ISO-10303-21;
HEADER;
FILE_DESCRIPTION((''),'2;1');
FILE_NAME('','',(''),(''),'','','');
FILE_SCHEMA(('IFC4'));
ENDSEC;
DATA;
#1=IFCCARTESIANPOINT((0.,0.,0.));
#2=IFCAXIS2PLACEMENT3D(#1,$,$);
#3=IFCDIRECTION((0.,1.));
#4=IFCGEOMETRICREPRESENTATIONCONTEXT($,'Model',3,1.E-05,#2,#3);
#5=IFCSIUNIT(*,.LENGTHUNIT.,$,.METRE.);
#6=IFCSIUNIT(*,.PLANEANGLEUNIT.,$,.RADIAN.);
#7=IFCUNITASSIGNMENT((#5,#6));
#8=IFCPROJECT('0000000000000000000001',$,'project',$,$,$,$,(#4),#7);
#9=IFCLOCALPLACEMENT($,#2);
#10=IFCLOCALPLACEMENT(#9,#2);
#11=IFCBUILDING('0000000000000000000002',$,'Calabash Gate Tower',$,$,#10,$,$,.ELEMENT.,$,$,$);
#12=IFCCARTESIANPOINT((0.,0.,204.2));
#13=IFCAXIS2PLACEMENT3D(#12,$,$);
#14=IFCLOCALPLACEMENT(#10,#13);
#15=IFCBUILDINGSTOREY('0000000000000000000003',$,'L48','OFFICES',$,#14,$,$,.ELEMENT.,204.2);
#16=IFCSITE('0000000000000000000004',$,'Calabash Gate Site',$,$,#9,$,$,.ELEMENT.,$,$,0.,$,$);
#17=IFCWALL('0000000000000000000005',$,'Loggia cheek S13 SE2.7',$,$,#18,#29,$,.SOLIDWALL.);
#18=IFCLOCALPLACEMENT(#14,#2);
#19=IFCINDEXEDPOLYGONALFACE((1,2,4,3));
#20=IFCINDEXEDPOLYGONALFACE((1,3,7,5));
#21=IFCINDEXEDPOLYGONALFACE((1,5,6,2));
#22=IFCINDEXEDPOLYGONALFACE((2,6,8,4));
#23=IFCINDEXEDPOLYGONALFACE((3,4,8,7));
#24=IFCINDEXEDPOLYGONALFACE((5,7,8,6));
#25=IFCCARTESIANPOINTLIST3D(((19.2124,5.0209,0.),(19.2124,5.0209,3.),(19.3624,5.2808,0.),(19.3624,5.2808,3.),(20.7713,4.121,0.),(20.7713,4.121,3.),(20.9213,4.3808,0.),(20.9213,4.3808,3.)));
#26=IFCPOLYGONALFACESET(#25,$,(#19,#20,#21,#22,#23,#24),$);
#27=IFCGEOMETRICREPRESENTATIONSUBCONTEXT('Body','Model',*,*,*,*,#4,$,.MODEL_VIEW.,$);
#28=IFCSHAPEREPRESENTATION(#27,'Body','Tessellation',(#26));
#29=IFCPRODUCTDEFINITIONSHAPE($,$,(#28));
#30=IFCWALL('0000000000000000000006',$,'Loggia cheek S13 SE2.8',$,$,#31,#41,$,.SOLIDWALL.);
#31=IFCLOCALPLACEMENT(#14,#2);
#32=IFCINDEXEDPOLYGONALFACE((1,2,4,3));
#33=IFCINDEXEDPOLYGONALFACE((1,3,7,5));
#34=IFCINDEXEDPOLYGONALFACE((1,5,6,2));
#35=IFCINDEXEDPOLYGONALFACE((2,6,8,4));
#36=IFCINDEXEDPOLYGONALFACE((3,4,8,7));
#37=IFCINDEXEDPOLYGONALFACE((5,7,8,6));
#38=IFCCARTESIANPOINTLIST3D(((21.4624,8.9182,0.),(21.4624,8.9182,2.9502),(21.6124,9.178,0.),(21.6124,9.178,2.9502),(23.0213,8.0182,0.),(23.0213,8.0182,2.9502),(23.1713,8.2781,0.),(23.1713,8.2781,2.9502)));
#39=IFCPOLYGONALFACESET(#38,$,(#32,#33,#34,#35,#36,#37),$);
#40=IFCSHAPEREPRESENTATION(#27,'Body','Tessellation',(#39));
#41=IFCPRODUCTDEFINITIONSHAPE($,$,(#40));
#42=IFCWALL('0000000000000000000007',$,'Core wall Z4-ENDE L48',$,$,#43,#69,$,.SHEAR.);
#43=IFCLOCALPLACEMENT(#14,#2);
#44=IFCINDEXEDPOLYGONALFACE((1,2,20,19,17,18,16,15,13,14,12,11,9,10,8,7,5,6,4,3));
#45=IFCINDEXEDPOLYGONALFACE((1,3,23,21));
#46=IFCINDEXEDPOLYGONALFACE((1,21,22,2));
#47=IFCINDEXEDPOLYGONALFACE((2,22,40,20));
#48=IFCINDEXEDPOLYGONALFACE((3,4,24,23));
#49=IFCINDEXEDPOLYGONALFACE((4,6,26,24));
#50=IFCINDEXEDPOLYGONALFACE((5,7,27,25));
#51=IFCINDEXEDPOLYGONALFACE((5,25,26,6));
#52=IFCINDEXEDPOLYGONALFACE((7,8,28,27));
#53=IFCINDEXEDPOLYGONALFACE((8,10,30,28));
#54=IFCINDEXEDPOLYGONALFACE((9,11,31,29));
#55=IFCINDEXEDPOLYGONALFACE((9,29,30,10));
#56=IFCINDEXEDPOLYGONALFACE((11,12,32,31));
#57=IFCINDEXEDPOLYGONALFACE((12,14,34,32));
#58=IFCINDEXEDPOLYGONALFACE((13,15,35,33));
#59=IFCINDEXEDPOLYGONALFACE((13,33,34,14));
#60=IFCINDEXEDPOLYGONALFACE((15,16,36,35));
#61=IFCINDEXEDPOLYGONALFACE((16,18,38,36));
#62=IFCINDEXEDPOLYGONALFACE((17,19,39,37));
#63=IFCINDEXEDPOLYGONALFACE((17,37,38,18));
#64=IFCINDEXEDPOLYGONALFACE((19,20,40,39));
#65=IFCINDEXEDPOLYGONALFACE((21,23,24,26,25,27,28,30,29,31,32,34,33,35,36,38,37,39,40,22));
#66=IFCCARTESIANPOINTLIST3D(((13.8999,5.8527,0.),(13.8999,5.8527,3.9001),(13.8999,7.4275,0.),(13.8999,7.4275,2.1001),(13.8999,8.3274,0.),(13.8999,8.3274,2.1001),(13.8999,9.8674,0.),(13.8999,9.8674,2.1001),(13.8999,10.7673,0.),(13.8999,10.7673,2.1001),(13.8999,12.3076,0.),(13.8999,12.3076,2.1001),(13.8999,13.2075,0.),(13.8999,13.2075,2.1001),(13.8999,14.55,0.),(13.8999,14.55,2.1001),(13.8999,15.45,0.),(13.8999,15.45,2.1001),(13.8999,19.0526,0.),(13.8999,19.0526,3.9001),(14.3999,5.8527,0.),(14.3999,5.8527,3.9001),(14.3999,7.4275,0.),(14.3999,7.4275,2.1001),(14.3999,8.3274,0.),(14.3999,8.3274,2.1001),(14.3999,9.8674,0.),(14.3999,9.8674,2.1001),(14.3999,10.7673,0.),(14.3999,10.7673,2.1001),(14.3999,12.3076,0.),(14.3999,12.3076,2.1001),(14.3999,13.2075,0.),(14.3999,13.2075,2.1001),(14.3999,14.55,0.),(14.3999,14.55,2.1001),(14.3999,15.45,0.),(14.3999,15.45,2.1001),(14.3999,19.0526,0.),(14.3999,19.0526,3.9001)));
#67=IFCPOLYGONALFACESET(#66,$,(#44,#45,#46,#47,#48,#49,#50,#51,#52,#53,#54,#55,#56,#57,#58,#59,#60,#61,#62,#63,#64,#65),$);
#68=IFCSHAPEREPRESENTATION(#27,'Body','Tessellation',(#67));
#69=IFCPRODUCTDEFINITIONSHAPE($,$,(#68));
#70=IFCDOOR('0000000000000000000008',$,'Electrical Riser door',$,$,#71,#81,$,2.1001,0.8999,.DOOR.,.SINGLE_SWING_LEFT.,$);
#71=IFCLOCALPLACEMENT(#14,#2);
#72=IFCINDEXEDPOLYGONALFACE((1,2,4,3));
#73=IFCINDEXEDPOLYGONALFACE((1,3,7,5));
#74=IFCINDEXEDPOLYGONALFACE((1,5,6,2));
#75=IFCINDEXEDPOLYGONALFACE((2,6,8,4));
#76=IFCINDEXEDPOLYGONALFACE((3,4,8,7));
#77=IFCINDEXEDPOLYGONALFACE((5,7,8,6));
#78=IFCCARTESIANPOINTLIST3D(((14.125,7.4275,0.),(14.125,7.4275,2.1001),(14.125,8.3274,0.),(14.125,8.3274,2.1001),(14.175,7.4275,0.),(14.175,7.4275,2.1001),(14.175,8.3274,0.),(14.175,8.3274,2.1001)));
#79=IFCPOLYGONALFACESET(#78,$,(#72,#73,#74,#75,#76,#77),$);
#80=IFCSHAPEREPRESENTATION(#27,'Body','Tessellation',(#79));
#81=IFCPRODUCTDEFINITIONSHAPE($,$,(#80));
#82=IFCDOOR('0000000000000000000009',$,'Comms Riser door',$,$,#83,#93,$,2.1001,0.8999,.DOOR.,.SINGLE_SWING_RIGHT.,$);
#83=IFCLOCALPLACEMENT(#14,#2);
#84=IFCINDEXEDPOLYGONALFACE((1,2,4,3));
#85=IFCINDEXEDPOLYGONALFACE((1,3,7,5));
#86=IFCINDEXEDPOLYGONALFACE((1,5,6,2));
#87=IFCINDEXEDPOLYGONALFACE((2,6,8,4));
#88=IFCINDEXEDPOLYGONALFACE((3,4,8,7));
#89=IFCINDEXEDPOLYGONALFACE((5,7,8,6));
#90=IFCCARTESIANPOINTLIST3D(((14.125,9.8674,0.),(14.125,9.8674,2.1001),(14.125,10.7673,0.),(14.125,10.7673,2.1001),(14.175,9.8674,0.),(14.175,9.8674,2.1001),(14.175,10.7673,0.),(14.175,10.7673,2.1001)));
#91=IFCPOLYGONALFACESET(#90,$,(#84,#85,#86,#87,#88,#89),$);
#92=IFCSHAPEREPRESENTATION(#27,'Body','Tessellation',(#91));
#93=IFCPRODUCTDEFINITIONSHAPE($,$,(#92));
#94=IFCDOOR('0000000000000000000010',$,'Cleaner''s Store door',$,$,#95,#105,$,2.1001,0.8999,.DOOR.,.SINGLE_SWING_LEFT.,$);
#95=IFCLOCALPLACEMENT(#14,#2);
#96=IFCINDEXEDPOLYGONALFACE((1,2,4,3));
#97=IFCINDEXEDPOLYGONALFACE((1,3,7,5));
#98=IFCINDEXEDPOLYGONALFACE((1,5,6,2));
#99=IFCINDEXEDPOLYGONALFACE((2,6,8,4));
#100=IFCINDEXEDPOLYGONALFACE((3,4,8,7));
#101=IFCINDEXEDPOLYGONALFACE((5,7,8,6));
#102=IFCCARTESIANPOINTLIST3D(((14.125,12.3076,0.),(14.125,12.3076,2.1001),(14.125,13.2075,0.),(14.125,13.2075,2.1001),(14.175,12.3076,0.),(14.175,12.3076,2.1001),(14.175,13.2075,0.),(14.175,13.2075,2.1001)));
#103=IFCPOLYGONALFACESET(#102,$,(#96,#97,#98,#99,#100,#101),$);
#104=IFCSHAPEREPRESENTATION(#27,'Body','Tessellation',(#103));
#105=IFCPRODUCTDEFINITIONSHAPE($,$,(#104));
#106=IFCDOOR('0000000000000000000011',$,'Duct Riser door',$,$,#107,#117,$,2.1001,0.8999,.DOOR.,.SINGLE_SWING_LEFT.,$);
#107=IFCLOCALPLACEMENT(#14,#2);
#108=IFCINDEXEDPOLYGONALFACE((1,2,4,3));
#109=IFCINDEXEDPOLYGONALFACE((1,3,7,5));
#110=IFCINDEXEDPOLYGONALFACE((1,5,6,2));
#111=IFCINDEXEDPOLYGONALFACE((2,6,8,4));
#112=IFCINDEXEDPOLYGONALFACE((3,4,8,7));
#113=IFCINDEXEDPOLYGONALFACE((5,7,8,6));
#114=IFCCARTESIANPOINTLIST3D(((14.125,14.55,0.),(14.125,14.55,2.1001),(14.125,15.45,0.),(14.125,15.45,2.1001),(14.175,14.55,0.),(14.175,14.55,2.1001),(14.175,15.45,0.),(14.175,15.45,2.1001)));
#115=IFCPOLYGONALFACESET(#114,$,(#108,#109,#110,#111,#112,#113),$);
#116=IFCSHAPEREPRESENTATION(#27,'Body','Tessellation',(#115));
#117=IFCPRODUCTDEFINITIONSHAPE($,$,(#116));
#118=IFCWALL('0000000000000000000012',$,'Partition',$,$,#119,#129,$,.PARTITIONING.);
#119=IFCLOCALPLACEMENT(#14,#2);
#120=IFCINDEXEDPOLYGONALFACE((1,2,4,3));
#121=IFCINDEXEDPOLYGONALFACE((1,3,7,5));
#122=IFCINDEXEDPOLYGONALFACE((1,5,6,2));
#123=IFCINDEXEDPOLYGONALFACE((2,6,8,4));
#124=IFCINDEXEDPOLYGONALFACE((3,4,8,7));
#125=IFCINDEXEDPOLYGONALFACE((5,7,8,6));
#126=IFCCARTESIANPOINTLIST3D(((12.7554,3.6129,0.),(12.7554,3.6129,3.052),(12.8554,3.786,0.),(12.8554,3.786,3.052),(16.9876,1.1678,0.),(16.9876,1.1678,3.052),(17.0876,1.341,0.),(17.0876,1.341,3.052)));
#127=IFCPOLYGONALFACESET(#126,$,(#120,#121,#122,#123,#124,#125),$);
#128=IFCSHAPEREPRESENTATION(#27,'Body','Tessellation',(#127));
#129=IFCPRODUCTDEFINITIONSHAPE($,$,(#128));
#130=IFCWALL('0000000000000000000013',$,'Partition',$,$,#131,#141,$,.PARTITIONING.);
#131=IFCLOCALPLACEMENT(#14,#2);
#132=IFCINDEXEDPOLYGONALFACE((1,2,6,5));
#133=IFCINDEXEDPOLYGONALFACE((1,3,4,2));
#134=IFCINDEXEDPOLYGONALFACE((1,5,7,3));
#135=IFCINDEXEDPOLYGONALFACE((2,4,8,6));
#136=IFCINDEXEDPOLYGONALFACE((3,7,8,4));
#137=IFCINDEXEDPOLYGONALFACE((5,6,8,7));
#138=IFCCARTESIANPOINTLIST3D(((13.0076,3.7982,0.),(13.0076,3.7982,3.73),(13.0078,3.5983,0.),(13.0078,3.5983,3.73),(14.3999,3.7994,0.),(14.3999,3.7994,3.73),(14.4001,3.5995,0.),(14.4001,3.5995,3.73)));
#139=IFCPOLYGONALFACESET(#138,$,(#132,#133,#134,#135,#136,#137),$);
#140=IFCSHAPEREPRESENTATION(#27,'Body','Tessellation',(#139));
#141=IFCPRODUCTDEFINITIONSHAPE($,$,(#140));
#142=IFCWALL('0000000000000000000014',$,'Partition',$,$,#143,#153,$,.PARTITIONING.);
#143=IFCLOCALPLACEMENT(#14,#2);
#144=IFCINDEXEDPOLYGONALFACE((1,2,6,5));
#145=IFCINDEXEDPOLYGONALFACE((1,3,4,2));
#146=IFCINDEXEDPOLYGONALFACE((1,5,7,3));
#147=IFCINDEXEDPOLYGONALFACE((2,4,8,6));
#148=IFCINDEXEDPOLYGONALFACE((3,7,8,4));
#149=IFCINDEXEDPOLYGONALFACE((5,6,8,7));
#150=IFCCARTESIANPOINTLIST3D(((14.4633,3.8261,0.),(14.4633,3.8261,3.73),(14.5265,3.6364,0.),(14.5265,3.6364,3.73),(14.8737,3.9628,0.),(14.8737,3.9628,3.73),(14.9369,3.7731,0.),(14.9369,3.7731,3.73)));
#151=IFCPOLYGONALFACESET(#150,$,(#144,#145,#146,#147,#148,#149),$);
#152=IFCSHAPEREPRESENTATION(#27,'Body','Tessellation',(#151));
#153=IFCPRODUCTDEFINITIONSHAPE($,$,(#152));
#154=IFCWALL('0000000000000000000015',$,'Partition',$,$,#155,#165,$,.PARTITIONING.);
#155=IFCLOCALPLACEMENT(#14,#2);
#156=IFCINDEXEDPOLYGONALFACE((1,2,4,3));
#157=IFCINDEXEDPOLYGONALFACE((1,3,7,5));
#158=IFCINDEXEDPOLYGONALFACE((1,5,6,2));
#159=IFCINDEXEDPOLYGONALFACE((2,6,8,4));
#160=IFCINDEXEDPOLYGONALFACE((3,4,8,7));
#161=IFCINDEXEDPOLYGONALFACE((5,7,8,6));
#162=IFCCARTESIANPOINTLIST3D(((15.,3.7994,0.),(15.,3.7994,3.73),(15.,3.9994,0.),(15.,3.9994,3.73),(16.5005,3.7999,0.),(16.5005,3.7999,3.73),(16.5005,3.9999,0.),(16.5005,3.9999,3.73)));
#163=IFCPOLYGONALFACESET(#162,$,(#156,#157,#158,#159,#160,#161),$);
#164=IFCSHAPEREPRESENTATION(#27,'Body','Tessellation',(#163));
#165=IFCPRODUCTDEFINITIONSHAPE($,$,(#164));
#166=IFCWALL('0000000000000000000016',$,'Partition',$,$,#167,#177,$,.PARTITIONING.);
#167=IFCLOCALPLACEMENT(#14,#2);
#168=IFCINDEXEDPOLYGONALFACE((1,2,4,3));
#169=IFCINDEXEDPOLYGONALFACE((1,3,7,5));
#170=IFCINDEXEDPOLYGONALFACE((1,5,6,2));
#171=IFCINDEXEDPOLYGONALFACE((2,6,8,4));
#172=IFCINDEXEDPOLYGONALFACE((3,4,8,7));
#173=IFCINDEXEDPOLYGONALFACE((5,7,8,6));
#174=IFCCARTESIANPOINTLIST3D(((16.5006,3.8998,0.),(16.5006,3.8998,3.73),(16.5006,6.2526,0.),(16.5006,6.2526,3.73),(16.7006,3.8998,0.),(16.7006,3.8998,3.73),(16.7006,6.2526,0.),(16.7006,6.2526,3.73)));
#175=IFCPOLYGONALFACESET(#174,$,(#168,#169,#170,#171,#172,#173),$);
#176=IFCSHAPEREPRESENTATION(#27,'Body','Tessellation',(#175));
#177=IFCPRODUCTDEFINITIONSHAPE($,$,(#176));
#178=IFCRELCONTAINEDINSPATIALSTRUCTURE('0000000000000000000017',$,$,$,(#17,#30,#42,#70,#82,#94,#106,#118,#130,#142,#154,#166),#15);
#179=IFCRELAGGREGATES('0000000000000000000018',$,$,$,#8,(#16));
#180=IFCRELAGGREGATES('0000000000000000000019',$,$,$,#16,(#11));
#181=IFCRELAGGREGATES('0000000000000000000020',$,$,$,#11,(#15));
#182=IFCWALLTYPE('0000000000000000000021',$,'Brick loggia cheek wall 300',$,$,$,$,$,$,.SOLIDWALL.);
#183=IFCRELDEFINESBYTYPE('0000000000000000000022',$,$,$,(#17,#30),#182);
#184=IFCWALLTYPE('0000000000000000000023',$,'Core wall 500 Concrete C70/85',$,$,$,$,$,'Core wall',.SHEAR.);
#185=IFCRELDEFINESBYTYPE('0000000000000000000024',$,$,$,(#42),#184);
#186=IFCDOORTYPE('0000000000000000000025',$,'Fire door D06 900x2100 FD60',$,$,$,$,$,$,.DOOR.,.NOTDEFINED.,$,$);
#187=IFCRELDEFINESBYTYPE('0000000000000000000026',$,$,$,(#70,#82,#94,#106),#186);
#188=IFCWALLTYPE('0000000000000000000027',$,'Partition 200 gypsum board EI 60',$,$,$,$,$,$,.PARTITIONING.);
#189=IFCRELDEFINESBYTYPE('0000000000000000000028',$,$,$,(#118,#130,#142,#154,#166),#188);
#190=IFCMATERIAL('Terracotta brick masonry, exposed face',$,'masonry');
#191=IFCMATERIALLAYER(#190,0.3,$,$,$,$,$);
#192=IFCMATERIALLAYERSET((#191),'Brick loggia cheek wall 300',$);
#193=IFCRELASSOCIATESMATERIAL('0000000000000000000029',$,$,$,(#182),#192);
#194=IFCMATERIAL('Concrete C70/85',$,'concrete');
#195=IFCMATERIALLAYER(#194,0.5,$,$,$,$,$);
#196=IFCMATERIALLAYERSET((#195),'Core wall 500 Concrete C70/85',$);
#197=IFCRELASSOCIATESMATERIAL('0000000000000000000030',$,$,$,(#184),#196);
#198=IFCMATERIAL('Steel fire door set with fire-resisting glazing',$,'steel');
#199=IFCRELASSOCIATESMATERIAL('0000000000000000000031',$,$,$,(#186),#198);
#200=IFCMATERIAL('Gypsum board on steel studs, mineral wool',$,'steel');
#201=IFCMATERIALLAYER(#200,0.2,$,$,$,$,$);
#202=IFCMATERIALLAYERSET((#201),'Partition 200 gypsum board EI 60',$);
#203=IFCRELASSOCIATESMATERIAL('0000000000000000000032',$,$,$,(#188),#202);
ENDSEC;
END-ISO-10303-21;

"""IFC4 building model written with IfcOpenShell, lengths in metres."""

from ifc_helpers import new_model, si_unit, direction, frame, frame_2d, origin, place, context, subcontext, project, spatial, rectangle, extrude, material, layer, layer_set, type_object, element, fill, save


model = new_model("IFC4")

# Units and contexts
model_context = context("Model", 3, precision=1e-05, world=origin(), true_north=direction((0.0, 1.0)))
body_context = subcontext(model_context, "Body", "Model", "MODEL_VIEW")
ifc_project = project(units=[si_unit("LENGTHUNIT", "METRE"), si_unit("PLANEANGLEUNIT", "RADIAN")], contexts=[model_context])

# Site, building, storey
site_placement = place(None, origin())
site = spatial("IfcSite", under=ifc_project, at=site_placement, Name="Calabash Gate Site", CompositionType="ELEMENT", RefElevation=0.0)
building_placement = place(site_placement, origin())
building = spatial("IfcBuilding", under=site, at=building_placement, Name="Calabash Gate Tower", CompositionType="ELEMENT")
storey_placement = place(building_placement, frame((0.0, 0.0, 204.2)))
storey = spatial("IfcBuildingStorey", under=building, at=storey_placement, Name="L48", Description="OFFICES", CompositionType="ELEMENT", Elevation=204.2)

# Walls
ifc_material_1 = material(Name="Terracotta brick masonry, exposed face", Category="masonry")
ifc_layer_1 = layer(ifc_material_1, 0.3)
ifc_layer_set_1 = layer_set([ifc_layer_1], Name="Brick loggia cheek wall 300")
wall_type_1 = type_object("IfcWallType", Name="Brick loggia cheek wall 300", PredefinedType="SOLIDWALL", material=ifc_layer_set_1)
wall_1_placement = place(storey_placement, frame((20.8462, 4.251, 0.0), z_axis=(0.0, 0.0, 1.0), x_axis=(-0.866048, 0.499961, 0.0)))
element("IfcWall", 1, at=wall_1_placement, inside=storey, type_object=wall_type_1, Name="Loggia cheek S13 SE2.7", PredefinedType="SOLIDWALL", context=body_context, shape_type="SweptSolid", body=[
    extrude(rectangle(XDim=1.8, YDim=0.3, at=frame_2d((0.8999, 0.0))), origin(), (0.0, 0.0, 1.0), 3.0),
])
wall_2_placement = place(storey_placement, frame((23.0962, 8.1482, 0.0), z_axis=(0.0, 0.0, 1.0), x_axis=(-0.866048, 0.499961, 0.0)))
element("IfcWall", 2, at=wall_2_placement, inside=storey, type_object=wall_type_1, Name="Loggia cheek S13 SE2.8", PredefinedType="SOLIDWALL", context=body_context, shape_type="SweptSolid", body=[
    extrude(rectangle(XDim=1.8, YDim=0.3, at=frame_2d((0.8999, 0.0))), origin(), (0.0, 0.0, 1.0), 2.9502),
])

# Wall, openings, doors
ifc_material_2 = material(Name="Concrete C70/85", Category="concrete")
ifc_layer_2 = layer(ifc_material_2, 0.5)
ifc_layer_set_2 = layer_set([ifc_layer_2], Name="Core wall 500 Concrete C70/85")
wall_type_2 = type_object("IfcWallType", Name="Core wall 500 Concrete C70/85", ElementType="Core wall", PredefinedType="SHEAR", material=ifc_layer_set_2)
wall_3_placement = place(storey_placement, frame((14.1499, 5.8525, 0.0), z_axis=(0.0, 0.0, 1.0), x_axis=(0.0, 1.0, 0.0)))
wall_3 = element("IfcWall", 3, at=wall_3_placement, inside=storey, type_object=wall_type_2, Name="Core wall Z4-ENDE L48", PredefinedType="SHEAR", context=body_context, shape_type="SweptSolid", body=[
    extrude(rectangle(XDim=13.2, YDim=0.5, at=frame_2d((6.6001, 0.0))), origin(), (0.0, 0.0, 1.0), 3.9001),
])
opening_1_placement = place(wall_3_placement, frame((1.575, 0.0, 0.0)))
opening_1 = element("IfcOpeningElement", 4, at=opening_1_placement, cuts=wall_3, PredefinedType="OPENING", context=body_context, shape_type="SweptSolid", body=[
    extrude(rectangle(XDim=0.8999, YDim=2.1001, at=frame_2d((0.45, 1.05))), frame((0.0, 0.26, 0.0), z_axis=(0.0, -1.0, 0.0), x_axis=(1.0, 0.0, 0.0)), (0.0, 0.0, 1.0), 0.52),
])
opening_2_placement = place(wall_3_placement, frame((4.0149, 0.0, 0.0)))
opening_2 = element("IfcOpeningElement", 5, at=opening_2_placement, cuts=wall_3, PredefinedType="OPENING", context=body_context, shape_type="SweptSolid", body=[
    extrude(rectangle(XDim=0.8999, YDim=2.1001, at=frame_2d((0.45, 1.05))), frame((0.0, 0.26, 0.0), z_axis=(0.0, -1.0, 0.0), x_axis=(1.0, 0.0, 0.0)), (0.0, 0.0, 1.0), 0.52),
])
opening_3_placement = place(wall_3_placement, frame((6.4551, 0.0, 0.0)))
opening_3 = element("IfcOpeningElement", 6, at=opening_3_placement, cuts=wall_3, PredefinedType="OPENING", context=body_context, shape_type="SweptSolid", body=[
    extrude(rectangle(XDim=0.8999, YDim=2.1001, at=frame_2d((0.45, 1.05))), frame((0.0, 0.26, 0.0), z_axis=(0.0, -1.0, 0.0), x_axis=(1.0, 0.0, 0.0)), (0.0, 0.0, 1.0), 0.52),
])
opening_4_placement = place(wall_3_placement, frame((8.6975, 0.0, 0.0)))
opening_4 = element("IfcOpeningElement", 7, at=opening_4_placement, cuts=wall_3, PredefinedType="OPENING", context=body_context, shape_type="SweptSolid", body=[
    extrude(rectangle(XDim=0.8999, YDim=2.1001, at=frame_2d((0.45, 1.05))), frame((0.0, 0.26, 0.0), z_axis=(0.0, -1.0, 0.0), x_axis=(1.0, 0.0, 0.0)), (0.0, 0.0, 1.0), 0.52),
])
ifc_material_3 = material(Name="Steel fire door set with fire-resisting glazing", Category="steel")
door_type_1 = type_object("IfcDoorType", Name="Fire door D06 900x2100 FD60", OperationType="NOTDEFINED", PredefinedType="DOOR", material=ifc_material_3)
door_1_placement = place(opening_1_placement, origin())
door_1 = element("IfcDoor", 8, at=door_1_placement, inside=storey, type_object=door_type_1, Name="Electrical Riser door", OperationType="SINGLE_SWING_LEFT", OverallHeight=2.1001, OverallWidth=0.8999, PredefinedType="DOOR", context=body_context, shape_type="SweptSolid", body=[
    extrude(rectangle(XDim=0.8999, YDim=2.1001, at=frame_2d((0.45, 1.05))), frame((0.0, 0.0249, 0.0), z_axis=(0.0, -1.0, 0.0), x_axis=(1.0, 0.0, 0.0)), (0.0, 0.0, 1.0), 0.05),
])
fill(opening_1, door_1)
door_2_placement = place(opening_2_placement, origin())
door_2 = element("IfcDoor", 9, at=door_2_placement, inside=storey, type_object=door_type_1, Name="Comms Riser door", OperationType="SINGLE_SWING_RIGHT", OverallHeight=2.1001, OverallWidth=0.8999, PredefinedType="DOOR", context=body_context, shape_type="SweptSolid", body=[
    extrude(rectangle(XDim=0.8999, YDim=2.1001, at=frame_2d((0.45, 1.05))), frame((0.0, 0.0249, 0.0), z_axis=(0.0, -1.0, 0.0), x_axis=(1.0, 0.0, 0.0)), (0.0, 0.0, 1.0), 0.05),
])
fill(opening_2, door_2)
door_3_placement = place(opening_3_placement, origin())
door_3 = element("IfcDoor", 10, at=door_3_placement, inside=storey, type_object=door_type_1, Name="Cleaner's Store door", OperationType="SINGLE_SWING_LEFT", OverallHeight=2.1001, OverallWidth=0.8999, PredefinedType="DOOR", context=body_context, shape_type="SweptSolid", body=[
    extrude(rectangle(XDim=0.8999, YDim=2.1001, at=frame_2d((0.45, 1.05))), frame((0.0, 0.0249, 0.0), z_axis=(0.0, -1.0, 0.0), x_axis=(1.0, 0.0, 0.0)), (0.0, 0.0, 1.0), 0.05),
])
fill(opening_3, door_3)
door_4_placement = place(opening_4_placement, origin())
door_4 = element("IfcDoor", 11, at=door_4_placement, inside=storey, type_object=door_type_1, Name="Duct Riser door", OperationType="SINGLE_SWING_LEFT", OverallHeight=2.1001, OverallWidth=0.8999, PredefinedType="DOOR", context=body_context, shape_type="SweptSolid", body=[
    extrude(rectangle(XDim=0.8999, YDim=2.1001, at=frame_2d((0.45, 1.05))), frame((0.0, 0.0249, 0.0), z_axis=(0.0, -1.0, 0.0), x_axis=(1.0, 0.0, 0.0)), (0.0, 0.0, 1.0), 0.05),
])
fill(opening_4, door_4)

# Walls
ifc_material_4 = material(Name="Gypsum board on steel studs, mineral wool", Category="steel")
ifc_layer_3 = layer(ifc_material_4, 0.2)
ifc_layer_set_3 = layer_set([ifc_layer_3], Name="Partition 200 gypsum board EI 60")
wall_type_3 = type_object("IfcWallType", Name="Partition 200 gypsum board EI 60", PredefinedType="PARTITIONING", material=ifc_layer_set_3)
wall_4_placement = place(storey_placement, frame((12.8054, 3.6995, 0.0), z_axis=(0.0, 0.0, 1.0), x_axis=(0.865882, -0.500248, 0.0)))
element("IfcWall", 12, at=wall_4_placement, inside=storey, type_object=wall_type_3, Name="Partition", PredefinedType="PARTITIONING", context=body_context, shape_type="SweptSolid", body=[
    extrude(rectangle(XDim=4.8877, YDim=0.2, at=frame_2d((2.4438, 0.0))), origin(), (0.0, 0.0, 1.0), 3.052),
])
wall_5_placement = place(storey_placement, frame((13.0076, 3.6982, 0.0), z_axis=(0.0, 0.0, 1.0), x_axis=(1.0, 0.000877, 0.0)))
element("IfcWall", 13, at=wall_5_placement, inside=storey, type_object=wall_type_3, Name="Partition", PredefinedType="PARTITIONING", context=body_context, shape_type="SweptSolid", body=[
    extrude(rectangle(XDim=1.3923, YDim=0.2, at=frame_2d((0.6963, 0.0))), origin(), (0.0, 0.0, 1.0), 3.73),
])
wall_6_placement = place(storey_placement, frame((14.4949, 3.7312, 0.0), z_axis=(0.0, 0.0, 1.0), x_axis=(0.94874, 0.316058, 0.0)))
element("IfcWall", 14, at=wall_6_placement, inside=storey, type_object=wall_type_3, Name="Partition", PredefinedType="PARTITIONING", context=body_context, shape_type="SweptSolid", body=[
    extrude(rectangle(XDim=0.4326, YDim=0.2, at=frame_2d((0.2163, 0.0))), origin(), (0.0, 0.0, 1.0), 3.73),
])
wall_7_placement = place(storey_placement, frame((15.0, 3.8994, 0.0), z_axis=(0.0, 0.0, 1.0), x_axis=(1.0, 0.000325, 0.0)))
element("IfcWall", 15, at=wall_7_placement, inside=storey, type_object=wall_type_3, Name="Partition", PredefinedType="PARTITIONING", context=body_context, shape_type="SweptSolid", body=[
    extrude(rectangle(XDim=1.5005, YDim=0.2, at=frame_2d((0.7502, 0.0))), origin(), (0.0, 0.0, 1.0), 3.73),
])
wall_8_placement = place(storey_placement, frame((16.6006, 3.8999, 0.0), z_axis=(0.0, 0.0, 1.0), x_axis=(0.0, 1.0, 0.0)))
element("IfcWall", 16, at=wall_8_placement, inside=storey, type_object=wall_type_3, Name="Partition", PredefinedType="PARTITIONING", context=body_context, shape_type="SweptSolid", body=[
    extrude(rectangle(XDim=2.3528, YDim=0.2, at=frame_2d((1.1763, 0.0))), origin(), (0.0, 0.0, 1.0), 3.73),
])

save(model, "model.ifc")
